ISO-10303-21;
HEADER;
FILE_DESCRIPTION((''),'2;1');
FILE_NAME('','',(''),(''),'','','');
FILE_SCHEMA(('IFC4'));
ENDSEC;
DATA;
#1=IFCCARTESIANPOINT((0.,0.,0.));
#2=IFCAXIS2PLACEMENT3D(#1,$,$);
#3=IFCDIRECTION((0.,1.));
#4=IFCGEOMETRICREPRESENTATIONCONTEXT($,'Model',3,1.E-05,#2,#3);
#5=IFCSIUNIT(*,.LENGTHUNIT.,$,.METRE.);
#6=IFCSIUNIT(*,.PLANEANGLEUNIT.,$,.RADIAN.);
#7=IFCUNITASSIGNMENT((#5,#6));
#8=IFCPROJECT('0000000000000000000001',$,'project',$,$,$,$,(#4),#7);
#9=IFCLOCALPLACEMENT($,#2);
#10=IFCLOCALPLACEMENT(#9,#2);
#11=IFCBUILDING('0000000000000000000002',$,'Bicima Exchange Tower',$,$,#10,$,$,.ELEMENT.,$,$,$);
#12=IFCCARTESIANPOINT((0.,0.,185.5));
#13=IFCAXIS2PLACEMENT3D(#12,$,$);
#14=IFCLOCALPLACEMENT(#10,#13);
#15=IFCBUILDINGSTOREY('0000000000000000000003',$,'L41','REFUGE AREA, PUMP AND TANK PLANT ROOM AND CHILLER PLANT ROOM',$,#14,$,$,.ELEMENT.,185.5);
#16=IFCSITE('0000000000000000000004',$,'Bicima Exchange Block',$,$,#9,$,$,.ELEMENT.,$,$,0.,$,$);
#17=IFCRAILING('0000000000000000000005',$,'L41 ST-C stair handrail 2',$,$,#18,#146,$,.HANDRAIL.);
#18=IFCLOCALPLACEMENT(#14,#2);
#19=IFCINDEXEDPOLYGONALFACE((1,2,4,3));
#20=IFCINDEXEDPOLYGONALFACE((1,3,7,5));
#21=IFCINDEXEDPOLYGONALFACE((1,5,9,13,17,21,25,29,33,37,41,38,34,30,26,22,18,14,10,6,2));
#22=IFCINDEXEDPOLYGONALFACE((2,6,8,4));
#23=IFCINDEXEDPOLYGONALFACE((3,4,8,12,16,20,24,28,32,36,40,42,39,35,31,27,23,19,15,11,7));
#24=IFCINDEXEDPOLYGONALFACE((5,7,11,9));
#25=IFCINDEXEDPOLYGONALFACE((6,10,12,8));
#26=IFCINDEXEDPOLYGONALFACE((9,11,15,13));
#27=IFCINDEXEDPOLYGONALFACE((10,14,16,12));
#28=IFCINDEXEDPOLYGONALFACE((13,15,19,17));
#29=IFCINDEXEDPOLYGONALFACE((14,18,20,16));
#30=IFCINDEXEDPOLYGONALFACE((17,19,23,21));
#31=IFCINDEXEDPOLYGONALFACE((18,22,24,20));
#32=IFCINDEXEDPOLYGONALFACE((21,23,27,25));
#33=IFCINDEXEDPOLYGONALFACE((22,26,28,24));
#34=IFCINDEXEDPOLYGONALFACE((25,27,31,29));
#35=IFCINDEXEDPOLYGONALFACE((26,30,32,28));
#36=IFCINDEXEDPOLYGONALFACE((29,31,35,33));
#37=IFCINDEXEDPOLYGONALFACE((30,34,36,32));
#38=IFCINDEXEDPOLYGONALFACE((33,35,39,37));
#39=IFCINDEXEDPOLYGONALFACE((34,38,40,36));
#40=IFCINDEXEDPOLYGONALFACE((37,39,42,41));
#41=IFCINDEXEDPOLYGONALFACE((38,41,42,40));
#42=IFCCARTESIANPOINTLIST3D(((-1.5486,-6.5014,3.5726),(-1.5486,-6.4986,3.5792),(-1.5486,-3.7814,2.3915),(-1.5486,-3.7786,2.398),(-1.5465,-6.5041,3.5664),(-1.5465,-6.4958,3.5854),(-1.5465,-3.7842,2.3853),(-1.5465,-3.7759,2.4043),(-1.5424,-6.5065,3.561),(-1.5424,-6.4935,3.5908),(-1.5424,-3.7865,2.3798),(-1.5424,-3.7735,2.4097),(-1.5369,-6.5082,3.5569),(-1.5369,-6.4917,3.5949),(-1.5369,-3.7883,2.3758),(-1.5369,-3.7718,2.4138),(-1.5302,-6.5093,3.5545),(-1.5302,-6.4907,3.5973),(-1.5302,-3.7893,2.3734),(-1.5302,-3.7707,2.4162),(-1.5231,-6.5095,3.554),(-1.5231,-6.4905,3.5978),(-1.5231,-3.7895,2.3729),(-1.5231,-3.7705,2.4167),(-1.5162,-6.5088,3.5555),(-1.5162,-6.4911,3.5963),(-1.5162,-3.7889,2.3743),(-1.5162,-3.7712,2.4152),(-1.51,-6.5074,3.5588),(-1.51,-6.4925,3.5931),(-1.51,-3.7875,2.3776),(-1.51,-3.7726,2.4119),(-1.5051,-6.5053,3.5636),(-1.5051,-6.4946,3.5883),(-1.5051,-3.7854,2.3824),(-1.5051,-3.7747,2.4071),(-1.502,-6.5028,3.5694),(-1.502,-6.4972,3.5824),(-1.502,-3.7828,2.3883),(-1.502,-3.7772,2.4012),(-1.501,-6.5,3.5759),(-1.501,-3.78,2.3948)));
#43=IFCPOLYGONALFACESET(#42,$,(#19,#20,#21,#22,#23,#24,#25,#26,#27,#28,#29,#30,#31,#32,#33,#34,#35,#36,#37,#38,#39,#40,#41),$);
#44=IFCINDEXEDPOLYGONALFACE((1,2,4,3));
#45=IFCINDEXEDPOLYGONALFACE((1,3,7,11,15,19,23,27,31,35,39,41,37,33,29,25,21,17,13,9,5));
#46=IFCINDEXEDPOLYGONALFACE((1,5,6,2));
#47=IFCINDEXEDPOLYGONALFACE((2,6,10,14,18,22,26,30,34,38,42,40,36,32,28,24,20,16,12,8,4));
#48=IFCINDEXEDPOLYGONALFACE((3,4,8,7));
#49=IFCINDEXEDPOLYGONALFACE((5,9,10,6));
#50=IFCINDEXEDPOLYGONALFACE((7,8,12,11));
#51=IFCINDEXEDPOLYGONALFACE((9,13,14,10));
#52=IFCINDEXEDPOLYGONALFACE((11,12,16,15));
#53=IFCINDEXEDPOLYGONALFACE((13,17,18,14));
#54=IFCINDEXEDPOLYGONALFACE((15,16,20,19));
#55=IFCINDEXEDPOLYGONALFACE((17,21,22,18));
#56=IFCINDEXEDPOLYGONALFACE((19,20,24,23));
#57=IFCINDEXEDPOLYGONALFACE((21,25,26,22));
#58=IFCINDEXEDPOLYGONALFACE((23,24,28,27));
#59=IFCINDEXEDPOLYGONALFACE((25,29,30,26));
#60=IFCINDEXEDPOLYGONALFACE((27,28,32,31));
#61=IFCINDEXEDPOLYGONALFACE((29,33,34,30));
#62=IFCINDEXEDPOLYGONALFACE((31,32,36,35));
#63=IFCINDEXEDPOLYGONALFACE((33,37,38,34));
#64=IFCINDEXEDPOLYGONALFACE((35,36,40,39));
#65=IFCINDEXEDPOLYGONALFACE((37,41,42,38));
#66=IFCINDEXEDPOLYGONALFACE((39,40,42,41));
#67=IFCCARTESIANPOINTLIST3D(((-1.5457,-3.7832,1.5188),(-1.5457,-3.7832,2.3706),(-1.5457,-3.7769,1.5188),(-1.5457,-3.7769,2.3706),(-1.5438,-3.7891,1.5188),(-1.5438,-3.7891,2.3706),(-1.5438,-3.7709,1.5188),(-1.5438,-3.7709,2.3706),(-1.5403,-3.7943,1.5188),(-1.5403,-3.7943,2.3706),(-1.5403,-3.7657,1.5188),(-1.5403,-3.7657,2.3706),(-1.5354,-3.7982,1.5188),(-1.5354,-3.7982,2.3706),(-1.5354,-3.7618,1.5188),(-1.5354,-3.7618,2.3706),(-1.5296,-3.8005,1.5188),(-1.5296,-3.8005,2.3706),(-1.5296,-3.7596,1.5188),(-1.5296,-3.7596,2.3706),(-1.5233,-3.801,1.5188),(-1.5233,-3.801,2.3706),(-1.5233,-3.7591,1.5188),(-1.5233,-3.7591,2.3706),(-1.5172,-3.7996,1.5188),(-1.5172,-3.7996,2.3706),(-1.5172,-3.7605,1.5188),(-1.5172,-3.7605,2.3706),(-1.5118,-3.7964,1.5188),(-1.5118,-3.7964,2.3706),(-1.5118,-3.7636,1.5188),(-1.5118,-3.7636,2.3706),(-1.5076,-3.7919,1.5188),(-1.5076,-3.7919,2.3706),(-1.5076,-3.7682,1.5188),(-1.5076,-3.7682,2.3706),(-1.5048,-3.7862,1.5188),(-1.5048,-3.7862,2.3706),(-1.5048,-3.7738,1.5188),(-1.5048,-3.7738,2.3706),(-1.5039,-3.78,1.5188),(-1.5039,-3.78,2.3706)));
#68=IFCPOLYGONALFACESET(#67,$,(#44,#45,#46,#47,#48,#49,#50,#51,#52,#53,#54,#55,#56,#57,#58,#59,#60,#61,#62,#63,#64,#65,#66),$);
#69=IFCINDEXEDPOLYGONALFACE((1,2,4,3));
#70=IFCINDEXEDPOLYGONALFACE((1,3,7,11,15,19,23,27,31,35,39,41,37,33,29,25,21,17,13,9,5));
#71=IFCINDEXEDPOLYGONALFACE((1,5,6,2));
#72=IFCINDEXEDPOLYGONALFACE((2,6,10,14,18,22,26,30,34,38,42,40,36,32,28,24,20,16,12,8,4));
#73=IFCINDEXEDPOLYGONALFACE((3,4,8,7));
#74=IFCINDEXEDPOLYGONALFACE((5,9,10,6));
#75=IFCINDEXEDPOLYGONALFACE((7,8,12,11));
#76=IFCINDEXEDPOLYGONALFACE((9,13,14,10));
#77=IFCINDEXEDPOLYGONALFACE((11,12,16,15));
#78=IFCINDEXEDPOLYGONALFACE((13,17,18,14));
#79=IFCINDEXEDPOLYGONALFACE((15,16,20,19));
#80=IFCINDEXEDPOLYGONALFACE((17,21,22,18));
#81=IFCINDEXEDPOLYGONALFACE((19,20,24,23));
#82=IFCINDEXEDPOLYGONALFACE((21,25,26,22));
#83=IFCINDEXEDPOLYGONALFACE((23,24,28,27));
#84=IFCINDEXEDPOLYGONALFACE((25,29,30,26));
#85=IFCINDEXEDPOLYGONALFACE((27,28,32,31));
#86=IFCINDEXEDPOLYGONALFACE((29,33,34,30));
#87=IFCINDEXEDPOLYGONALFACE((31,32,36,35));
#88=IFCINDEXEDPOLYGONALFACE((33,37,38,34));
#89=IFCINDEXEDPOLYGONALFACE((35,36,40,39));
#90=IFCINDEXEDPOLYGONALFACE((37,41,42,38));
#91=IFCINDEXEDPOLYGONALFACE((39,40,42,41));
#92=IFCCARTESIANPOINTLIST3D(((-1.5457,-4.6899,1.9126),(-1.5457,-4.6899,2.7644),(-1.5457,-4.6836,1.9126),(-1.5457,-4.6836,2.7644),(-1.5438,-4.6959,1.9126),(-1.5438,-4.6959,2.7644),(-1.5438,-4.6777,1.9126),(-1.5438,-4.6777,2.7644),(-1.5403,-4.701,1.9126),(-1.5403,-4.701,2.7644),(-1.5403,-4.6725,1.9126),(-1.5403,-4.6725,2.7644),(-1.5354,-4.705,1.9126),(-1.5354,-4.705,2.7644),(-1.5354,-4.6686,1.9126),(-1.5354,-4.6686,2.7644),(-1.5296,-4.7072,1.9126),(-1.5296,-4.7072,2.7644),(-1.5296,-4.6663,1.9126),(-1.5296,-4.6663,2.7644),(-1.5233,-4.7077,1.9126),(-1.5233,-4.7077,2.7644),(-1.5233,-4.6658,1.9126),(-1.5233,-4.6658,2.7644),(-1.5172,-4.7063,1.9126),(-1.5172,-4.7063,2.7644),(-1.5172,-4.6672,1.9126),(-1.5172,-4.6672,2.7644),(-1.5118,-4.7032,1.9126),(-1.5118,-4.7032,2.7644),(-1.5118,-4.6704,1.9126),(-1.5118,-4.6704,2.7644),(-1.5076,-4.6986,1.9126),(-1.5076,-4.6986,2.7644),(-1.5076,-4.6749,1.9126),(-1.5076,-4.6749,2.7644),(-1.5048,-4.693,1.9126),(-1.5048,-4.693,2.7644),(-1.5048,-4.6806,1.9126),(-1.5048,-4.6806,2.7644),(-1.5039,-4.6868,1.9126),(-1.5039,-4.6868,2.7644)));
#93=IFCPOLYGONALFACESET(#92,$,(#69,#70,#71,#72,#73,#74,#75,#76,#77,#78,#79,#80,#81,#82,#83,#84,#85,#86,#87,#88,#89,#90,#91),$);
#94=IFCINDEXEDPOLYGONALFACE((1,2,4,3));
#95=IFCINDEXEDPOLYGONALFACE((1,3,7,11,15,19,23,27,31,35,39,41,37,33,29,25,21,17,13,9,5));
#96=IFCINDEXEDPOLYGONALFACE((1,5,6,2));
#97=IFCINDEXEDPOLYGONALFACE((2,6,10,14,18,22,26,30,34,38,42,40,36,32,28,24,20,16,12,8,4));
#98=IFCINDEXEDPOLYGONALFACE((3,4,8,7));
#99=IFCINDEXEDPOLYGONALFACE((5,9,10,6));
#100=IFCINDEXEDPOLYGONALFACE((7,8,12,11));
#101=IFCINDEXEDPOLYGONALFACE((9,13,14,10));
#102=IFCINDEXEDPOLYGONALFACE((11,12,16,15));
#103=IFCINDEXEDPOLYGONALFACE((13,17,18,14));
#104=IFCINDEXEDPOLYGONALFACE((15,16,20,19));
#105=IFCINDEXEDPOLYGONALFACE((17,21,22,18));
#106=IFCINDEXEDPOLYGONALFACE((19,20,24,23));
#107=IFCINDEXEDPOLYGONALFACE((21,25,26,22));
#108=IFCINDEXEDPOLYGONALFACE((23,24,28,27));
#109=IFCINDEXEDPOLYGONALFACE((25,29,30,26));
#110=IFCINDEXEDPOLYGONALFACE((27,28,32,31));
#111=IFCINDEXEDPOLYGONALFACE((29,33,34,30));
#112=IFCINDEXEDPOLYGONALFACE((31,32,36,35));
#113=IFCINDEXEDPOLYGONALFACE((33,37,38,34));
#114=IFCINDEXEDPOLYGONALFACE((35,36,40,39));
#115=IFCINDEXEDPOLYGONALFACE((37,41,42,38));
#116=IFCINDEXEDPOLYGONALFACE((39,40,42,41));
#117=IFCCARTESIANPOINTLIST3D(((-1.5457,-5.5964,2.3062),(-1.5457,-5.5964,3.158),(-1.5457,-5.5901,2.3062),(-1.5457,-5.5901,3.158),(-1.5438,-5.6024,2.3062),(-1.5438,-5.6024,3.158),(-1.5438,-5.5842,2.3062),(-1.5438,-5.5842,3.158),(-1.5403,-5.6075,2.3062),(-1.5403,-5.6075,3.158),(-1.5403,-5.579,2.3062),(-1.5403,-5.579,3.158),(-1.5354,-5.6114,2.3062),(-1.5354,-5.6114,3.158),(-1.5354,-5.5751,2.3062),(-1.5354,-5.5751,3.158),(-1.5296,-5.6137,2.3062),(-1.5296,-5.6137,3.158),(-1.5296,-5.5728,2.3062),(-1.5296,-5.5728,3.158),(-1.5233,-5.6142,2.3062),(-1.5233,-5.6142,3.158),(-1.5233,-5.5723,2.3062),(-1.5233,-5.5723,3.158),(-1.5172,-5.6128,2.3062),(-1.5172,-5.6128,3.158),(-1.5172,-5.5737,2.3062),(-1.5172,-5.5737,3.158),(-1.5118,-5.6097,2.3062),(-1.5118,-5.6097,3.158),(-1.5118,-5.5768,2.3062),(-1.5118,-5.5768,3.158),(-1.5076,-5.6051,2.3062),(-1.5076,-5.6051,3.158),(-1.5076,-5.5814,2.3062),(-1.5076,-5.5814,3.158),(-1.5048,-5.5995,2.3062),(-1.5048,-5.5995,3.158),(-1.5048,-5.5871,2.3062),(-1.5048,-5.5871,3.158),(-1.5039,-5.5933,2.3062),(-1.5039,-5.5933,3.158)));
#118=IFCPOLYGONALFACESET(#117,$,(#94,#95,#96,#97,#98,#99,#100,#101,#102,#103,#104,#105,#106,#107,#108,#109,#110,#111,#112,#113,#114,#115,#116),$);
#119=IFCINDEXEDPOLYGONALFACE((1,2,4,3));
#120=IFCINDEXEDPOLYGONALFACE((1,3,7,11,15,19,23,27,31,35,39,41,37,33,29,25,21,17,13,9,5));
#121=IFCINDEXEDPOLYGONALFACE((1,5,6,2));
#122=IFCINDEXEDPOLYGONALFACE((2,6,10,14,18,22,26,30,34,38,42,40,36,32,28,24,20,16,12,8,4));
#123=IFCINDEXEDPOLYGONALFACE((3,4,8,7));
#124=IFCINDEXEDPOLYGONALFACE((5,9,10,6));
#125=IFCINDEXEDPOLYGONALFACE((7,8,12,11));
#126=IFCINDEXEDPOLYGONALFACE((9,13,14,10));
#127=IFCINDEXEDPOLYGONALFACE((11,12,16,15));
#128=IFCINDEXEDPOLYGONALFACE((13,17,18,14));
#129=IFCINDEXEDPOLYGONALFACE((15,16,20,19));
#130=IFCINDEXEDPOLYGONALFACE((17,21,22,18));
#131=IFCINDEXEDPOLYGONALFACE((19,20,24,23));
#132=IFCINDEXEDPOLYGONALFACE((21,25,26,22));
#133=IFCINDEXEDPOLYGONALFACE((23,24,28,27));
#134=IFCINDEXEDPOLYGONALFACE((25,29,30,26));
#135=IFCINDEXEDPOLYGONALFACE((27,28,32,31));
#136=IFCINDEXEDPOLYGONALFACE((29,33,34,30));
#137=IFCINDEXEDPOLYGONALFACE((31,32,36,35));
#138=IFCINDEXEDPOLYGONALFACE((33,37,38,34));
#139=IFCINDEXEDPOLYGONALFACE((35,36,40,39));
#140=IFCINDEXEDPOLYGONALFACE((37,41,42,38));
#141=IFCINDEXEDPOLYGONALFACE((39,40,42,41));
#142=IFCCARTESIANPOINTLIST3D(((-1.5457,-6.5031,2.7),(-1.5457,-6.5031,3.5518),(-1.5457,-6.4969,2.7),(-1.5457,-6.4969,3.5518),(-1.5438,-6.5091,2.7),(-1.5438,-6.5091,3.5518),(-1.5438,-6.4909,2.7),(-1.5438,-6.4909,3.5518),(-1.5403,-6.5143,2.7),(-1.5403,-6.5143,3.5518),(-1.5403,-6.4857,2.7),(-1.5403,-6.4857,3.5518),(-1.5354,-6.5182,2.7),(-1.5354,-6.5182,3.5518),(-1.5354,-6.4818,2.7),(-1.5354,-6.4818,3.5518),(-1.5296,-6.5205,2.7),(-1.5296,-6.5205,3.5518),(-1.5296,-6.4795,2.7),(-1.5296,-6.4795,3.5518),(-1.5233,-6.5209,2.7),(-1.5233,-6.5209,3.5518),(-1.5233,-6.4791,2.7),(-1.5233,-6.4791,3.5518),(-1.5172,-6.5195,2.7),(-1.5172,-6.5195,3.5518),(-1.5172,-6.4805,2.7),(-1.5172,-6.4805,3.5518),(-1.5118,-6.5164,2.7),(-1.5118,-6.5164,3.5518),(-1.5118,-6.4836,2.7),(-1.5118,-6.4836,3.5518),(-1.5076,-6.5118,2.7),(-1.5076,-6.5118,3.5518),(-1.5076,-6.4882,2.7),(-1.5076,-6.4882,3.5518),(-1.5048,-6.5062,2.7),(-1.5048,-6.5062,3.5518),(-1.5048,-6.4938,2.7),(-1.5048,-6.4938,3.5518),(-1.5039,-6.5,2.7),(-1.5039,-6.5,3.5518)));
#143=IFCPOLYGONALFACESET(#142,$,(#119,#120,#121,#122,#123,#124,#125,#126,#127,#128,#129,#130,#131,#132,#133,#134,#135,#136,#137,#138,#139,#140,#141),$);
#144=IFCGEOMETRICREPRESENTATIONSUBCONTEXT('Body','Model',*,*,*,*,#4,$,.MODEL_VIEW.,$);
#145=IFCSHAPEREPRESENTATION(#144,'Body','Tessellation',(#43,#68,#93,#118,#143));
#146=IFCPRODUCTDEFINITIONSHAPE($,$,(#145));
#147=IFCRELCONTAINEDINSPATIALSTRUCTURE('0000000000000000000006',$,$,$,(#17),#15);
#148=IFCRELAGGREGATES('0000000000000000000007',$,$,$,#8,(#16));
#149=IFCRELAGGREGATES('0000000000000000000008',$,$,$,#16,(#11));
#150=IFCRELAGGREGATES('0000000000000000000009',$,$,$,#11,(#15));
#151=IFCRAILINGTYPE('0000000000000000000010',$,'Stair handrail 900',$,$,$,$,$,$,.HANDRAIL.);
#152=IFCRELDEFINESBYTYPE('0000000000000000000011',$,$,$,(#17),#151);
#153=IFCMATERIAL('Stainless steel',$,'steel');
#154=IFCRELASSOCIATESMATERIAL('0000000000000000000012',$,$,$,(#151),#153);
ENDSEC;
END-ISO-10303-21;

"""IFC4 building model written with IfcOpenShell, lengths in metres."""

from ifc_helpers import new_model, si_unit, direction, frame, origin, origin_2d, place, context, subcontext, project, spatial, circle, extrude, material, type_object, element, save


model = new_model("IFC4")

# Units and contexts
model_context = context("Model", 3, precision=1e-05, world=origin(), true_north=direction((0.0, 1.0)))
body_context = subcontext(model_context, "Body", "Model", "MODEL_VIEW")
ifc_project = project(units=[si_unit("LENGTHUNIT", "METRE"), si_unit("PLANEANGLEUNIT", "RADIAN")], contexts=[model_context])

# Site, building, storey
site_placement = place(None, origin())
site = spatial("IfcSite", under=ifc_project, at=site_placement, Name="Bicima Exchange Block", CompositionType="ELEMENT", RefElevation=0.0)
building_placement = place(site_placement, origin())
building = spatial("IfcBuilding", under=site, at=building_placement, Name="Bicima Exchange Tower", CompositionType="ELEMENT")
storey_placement = place(building_placement, frame((0.0, 0.0, 185.5)))
storey = spatial("IfcBuildingStorey", under=building, at=storey_placement, Name="L41", Description="REFUGE AREA, PUMP AND TANK PLANT ROOM AND CHILLER PLANT ROOM", CompositionType="ELEMENT", Elevation=185.5)

# Railing
ifc_material_1 = material(Name="Stainless steel", Category="steel")
railing_type = type_object("IfcRailingType", Name="Stair handrail 900", PredefinedType="HANDRAIL", material=ifc_material_1)
railing_1_placement = place(storey_placement, frame((-1.5249, -3.78, 1.5188)))
element("IfcRailing", 1, at=railing_1_placement, inside=storey, type_object=railing_type, Name="L41 ST-C stair handrail 2", PredefinedType="HANDRAIL", context=body_context, shape_type="SweptSolid", body=[
    extrude(circle(Radius=0.0239, at=origin_2d()), frame((0.0, 0.0, 0.876), z_axis=(0.0, -0.917248, 0.398317), x_axis=(1.0, 0.0, 0.0)), (0.0, 0.0, 1.0), 2.9653),
    extrude(circle(Radius=0.021, at=origin_2d()), origin(), (0.0, 0.0, 1.0), 0.8518),
    extrude(circle(Radius=0.021, at=origin_2d()), frame((0.0, -0.9067, 0.3938)), (0.0, 0.0, 1.0), 0.8518),
    extrude(circle(Radius=0.021, at=origin_2d()), frame((0.0, -1.8132, 0.7874)), (0.0, 0.0, 1.0), 0.8518),
    extrude(circle(Radius=0.021, at=origin_2d()), frame((0.0, -2.72, 1.1812)), (0.0, 0.0, 1.0), 0.8518),
])

save(model, "model.ifc")
